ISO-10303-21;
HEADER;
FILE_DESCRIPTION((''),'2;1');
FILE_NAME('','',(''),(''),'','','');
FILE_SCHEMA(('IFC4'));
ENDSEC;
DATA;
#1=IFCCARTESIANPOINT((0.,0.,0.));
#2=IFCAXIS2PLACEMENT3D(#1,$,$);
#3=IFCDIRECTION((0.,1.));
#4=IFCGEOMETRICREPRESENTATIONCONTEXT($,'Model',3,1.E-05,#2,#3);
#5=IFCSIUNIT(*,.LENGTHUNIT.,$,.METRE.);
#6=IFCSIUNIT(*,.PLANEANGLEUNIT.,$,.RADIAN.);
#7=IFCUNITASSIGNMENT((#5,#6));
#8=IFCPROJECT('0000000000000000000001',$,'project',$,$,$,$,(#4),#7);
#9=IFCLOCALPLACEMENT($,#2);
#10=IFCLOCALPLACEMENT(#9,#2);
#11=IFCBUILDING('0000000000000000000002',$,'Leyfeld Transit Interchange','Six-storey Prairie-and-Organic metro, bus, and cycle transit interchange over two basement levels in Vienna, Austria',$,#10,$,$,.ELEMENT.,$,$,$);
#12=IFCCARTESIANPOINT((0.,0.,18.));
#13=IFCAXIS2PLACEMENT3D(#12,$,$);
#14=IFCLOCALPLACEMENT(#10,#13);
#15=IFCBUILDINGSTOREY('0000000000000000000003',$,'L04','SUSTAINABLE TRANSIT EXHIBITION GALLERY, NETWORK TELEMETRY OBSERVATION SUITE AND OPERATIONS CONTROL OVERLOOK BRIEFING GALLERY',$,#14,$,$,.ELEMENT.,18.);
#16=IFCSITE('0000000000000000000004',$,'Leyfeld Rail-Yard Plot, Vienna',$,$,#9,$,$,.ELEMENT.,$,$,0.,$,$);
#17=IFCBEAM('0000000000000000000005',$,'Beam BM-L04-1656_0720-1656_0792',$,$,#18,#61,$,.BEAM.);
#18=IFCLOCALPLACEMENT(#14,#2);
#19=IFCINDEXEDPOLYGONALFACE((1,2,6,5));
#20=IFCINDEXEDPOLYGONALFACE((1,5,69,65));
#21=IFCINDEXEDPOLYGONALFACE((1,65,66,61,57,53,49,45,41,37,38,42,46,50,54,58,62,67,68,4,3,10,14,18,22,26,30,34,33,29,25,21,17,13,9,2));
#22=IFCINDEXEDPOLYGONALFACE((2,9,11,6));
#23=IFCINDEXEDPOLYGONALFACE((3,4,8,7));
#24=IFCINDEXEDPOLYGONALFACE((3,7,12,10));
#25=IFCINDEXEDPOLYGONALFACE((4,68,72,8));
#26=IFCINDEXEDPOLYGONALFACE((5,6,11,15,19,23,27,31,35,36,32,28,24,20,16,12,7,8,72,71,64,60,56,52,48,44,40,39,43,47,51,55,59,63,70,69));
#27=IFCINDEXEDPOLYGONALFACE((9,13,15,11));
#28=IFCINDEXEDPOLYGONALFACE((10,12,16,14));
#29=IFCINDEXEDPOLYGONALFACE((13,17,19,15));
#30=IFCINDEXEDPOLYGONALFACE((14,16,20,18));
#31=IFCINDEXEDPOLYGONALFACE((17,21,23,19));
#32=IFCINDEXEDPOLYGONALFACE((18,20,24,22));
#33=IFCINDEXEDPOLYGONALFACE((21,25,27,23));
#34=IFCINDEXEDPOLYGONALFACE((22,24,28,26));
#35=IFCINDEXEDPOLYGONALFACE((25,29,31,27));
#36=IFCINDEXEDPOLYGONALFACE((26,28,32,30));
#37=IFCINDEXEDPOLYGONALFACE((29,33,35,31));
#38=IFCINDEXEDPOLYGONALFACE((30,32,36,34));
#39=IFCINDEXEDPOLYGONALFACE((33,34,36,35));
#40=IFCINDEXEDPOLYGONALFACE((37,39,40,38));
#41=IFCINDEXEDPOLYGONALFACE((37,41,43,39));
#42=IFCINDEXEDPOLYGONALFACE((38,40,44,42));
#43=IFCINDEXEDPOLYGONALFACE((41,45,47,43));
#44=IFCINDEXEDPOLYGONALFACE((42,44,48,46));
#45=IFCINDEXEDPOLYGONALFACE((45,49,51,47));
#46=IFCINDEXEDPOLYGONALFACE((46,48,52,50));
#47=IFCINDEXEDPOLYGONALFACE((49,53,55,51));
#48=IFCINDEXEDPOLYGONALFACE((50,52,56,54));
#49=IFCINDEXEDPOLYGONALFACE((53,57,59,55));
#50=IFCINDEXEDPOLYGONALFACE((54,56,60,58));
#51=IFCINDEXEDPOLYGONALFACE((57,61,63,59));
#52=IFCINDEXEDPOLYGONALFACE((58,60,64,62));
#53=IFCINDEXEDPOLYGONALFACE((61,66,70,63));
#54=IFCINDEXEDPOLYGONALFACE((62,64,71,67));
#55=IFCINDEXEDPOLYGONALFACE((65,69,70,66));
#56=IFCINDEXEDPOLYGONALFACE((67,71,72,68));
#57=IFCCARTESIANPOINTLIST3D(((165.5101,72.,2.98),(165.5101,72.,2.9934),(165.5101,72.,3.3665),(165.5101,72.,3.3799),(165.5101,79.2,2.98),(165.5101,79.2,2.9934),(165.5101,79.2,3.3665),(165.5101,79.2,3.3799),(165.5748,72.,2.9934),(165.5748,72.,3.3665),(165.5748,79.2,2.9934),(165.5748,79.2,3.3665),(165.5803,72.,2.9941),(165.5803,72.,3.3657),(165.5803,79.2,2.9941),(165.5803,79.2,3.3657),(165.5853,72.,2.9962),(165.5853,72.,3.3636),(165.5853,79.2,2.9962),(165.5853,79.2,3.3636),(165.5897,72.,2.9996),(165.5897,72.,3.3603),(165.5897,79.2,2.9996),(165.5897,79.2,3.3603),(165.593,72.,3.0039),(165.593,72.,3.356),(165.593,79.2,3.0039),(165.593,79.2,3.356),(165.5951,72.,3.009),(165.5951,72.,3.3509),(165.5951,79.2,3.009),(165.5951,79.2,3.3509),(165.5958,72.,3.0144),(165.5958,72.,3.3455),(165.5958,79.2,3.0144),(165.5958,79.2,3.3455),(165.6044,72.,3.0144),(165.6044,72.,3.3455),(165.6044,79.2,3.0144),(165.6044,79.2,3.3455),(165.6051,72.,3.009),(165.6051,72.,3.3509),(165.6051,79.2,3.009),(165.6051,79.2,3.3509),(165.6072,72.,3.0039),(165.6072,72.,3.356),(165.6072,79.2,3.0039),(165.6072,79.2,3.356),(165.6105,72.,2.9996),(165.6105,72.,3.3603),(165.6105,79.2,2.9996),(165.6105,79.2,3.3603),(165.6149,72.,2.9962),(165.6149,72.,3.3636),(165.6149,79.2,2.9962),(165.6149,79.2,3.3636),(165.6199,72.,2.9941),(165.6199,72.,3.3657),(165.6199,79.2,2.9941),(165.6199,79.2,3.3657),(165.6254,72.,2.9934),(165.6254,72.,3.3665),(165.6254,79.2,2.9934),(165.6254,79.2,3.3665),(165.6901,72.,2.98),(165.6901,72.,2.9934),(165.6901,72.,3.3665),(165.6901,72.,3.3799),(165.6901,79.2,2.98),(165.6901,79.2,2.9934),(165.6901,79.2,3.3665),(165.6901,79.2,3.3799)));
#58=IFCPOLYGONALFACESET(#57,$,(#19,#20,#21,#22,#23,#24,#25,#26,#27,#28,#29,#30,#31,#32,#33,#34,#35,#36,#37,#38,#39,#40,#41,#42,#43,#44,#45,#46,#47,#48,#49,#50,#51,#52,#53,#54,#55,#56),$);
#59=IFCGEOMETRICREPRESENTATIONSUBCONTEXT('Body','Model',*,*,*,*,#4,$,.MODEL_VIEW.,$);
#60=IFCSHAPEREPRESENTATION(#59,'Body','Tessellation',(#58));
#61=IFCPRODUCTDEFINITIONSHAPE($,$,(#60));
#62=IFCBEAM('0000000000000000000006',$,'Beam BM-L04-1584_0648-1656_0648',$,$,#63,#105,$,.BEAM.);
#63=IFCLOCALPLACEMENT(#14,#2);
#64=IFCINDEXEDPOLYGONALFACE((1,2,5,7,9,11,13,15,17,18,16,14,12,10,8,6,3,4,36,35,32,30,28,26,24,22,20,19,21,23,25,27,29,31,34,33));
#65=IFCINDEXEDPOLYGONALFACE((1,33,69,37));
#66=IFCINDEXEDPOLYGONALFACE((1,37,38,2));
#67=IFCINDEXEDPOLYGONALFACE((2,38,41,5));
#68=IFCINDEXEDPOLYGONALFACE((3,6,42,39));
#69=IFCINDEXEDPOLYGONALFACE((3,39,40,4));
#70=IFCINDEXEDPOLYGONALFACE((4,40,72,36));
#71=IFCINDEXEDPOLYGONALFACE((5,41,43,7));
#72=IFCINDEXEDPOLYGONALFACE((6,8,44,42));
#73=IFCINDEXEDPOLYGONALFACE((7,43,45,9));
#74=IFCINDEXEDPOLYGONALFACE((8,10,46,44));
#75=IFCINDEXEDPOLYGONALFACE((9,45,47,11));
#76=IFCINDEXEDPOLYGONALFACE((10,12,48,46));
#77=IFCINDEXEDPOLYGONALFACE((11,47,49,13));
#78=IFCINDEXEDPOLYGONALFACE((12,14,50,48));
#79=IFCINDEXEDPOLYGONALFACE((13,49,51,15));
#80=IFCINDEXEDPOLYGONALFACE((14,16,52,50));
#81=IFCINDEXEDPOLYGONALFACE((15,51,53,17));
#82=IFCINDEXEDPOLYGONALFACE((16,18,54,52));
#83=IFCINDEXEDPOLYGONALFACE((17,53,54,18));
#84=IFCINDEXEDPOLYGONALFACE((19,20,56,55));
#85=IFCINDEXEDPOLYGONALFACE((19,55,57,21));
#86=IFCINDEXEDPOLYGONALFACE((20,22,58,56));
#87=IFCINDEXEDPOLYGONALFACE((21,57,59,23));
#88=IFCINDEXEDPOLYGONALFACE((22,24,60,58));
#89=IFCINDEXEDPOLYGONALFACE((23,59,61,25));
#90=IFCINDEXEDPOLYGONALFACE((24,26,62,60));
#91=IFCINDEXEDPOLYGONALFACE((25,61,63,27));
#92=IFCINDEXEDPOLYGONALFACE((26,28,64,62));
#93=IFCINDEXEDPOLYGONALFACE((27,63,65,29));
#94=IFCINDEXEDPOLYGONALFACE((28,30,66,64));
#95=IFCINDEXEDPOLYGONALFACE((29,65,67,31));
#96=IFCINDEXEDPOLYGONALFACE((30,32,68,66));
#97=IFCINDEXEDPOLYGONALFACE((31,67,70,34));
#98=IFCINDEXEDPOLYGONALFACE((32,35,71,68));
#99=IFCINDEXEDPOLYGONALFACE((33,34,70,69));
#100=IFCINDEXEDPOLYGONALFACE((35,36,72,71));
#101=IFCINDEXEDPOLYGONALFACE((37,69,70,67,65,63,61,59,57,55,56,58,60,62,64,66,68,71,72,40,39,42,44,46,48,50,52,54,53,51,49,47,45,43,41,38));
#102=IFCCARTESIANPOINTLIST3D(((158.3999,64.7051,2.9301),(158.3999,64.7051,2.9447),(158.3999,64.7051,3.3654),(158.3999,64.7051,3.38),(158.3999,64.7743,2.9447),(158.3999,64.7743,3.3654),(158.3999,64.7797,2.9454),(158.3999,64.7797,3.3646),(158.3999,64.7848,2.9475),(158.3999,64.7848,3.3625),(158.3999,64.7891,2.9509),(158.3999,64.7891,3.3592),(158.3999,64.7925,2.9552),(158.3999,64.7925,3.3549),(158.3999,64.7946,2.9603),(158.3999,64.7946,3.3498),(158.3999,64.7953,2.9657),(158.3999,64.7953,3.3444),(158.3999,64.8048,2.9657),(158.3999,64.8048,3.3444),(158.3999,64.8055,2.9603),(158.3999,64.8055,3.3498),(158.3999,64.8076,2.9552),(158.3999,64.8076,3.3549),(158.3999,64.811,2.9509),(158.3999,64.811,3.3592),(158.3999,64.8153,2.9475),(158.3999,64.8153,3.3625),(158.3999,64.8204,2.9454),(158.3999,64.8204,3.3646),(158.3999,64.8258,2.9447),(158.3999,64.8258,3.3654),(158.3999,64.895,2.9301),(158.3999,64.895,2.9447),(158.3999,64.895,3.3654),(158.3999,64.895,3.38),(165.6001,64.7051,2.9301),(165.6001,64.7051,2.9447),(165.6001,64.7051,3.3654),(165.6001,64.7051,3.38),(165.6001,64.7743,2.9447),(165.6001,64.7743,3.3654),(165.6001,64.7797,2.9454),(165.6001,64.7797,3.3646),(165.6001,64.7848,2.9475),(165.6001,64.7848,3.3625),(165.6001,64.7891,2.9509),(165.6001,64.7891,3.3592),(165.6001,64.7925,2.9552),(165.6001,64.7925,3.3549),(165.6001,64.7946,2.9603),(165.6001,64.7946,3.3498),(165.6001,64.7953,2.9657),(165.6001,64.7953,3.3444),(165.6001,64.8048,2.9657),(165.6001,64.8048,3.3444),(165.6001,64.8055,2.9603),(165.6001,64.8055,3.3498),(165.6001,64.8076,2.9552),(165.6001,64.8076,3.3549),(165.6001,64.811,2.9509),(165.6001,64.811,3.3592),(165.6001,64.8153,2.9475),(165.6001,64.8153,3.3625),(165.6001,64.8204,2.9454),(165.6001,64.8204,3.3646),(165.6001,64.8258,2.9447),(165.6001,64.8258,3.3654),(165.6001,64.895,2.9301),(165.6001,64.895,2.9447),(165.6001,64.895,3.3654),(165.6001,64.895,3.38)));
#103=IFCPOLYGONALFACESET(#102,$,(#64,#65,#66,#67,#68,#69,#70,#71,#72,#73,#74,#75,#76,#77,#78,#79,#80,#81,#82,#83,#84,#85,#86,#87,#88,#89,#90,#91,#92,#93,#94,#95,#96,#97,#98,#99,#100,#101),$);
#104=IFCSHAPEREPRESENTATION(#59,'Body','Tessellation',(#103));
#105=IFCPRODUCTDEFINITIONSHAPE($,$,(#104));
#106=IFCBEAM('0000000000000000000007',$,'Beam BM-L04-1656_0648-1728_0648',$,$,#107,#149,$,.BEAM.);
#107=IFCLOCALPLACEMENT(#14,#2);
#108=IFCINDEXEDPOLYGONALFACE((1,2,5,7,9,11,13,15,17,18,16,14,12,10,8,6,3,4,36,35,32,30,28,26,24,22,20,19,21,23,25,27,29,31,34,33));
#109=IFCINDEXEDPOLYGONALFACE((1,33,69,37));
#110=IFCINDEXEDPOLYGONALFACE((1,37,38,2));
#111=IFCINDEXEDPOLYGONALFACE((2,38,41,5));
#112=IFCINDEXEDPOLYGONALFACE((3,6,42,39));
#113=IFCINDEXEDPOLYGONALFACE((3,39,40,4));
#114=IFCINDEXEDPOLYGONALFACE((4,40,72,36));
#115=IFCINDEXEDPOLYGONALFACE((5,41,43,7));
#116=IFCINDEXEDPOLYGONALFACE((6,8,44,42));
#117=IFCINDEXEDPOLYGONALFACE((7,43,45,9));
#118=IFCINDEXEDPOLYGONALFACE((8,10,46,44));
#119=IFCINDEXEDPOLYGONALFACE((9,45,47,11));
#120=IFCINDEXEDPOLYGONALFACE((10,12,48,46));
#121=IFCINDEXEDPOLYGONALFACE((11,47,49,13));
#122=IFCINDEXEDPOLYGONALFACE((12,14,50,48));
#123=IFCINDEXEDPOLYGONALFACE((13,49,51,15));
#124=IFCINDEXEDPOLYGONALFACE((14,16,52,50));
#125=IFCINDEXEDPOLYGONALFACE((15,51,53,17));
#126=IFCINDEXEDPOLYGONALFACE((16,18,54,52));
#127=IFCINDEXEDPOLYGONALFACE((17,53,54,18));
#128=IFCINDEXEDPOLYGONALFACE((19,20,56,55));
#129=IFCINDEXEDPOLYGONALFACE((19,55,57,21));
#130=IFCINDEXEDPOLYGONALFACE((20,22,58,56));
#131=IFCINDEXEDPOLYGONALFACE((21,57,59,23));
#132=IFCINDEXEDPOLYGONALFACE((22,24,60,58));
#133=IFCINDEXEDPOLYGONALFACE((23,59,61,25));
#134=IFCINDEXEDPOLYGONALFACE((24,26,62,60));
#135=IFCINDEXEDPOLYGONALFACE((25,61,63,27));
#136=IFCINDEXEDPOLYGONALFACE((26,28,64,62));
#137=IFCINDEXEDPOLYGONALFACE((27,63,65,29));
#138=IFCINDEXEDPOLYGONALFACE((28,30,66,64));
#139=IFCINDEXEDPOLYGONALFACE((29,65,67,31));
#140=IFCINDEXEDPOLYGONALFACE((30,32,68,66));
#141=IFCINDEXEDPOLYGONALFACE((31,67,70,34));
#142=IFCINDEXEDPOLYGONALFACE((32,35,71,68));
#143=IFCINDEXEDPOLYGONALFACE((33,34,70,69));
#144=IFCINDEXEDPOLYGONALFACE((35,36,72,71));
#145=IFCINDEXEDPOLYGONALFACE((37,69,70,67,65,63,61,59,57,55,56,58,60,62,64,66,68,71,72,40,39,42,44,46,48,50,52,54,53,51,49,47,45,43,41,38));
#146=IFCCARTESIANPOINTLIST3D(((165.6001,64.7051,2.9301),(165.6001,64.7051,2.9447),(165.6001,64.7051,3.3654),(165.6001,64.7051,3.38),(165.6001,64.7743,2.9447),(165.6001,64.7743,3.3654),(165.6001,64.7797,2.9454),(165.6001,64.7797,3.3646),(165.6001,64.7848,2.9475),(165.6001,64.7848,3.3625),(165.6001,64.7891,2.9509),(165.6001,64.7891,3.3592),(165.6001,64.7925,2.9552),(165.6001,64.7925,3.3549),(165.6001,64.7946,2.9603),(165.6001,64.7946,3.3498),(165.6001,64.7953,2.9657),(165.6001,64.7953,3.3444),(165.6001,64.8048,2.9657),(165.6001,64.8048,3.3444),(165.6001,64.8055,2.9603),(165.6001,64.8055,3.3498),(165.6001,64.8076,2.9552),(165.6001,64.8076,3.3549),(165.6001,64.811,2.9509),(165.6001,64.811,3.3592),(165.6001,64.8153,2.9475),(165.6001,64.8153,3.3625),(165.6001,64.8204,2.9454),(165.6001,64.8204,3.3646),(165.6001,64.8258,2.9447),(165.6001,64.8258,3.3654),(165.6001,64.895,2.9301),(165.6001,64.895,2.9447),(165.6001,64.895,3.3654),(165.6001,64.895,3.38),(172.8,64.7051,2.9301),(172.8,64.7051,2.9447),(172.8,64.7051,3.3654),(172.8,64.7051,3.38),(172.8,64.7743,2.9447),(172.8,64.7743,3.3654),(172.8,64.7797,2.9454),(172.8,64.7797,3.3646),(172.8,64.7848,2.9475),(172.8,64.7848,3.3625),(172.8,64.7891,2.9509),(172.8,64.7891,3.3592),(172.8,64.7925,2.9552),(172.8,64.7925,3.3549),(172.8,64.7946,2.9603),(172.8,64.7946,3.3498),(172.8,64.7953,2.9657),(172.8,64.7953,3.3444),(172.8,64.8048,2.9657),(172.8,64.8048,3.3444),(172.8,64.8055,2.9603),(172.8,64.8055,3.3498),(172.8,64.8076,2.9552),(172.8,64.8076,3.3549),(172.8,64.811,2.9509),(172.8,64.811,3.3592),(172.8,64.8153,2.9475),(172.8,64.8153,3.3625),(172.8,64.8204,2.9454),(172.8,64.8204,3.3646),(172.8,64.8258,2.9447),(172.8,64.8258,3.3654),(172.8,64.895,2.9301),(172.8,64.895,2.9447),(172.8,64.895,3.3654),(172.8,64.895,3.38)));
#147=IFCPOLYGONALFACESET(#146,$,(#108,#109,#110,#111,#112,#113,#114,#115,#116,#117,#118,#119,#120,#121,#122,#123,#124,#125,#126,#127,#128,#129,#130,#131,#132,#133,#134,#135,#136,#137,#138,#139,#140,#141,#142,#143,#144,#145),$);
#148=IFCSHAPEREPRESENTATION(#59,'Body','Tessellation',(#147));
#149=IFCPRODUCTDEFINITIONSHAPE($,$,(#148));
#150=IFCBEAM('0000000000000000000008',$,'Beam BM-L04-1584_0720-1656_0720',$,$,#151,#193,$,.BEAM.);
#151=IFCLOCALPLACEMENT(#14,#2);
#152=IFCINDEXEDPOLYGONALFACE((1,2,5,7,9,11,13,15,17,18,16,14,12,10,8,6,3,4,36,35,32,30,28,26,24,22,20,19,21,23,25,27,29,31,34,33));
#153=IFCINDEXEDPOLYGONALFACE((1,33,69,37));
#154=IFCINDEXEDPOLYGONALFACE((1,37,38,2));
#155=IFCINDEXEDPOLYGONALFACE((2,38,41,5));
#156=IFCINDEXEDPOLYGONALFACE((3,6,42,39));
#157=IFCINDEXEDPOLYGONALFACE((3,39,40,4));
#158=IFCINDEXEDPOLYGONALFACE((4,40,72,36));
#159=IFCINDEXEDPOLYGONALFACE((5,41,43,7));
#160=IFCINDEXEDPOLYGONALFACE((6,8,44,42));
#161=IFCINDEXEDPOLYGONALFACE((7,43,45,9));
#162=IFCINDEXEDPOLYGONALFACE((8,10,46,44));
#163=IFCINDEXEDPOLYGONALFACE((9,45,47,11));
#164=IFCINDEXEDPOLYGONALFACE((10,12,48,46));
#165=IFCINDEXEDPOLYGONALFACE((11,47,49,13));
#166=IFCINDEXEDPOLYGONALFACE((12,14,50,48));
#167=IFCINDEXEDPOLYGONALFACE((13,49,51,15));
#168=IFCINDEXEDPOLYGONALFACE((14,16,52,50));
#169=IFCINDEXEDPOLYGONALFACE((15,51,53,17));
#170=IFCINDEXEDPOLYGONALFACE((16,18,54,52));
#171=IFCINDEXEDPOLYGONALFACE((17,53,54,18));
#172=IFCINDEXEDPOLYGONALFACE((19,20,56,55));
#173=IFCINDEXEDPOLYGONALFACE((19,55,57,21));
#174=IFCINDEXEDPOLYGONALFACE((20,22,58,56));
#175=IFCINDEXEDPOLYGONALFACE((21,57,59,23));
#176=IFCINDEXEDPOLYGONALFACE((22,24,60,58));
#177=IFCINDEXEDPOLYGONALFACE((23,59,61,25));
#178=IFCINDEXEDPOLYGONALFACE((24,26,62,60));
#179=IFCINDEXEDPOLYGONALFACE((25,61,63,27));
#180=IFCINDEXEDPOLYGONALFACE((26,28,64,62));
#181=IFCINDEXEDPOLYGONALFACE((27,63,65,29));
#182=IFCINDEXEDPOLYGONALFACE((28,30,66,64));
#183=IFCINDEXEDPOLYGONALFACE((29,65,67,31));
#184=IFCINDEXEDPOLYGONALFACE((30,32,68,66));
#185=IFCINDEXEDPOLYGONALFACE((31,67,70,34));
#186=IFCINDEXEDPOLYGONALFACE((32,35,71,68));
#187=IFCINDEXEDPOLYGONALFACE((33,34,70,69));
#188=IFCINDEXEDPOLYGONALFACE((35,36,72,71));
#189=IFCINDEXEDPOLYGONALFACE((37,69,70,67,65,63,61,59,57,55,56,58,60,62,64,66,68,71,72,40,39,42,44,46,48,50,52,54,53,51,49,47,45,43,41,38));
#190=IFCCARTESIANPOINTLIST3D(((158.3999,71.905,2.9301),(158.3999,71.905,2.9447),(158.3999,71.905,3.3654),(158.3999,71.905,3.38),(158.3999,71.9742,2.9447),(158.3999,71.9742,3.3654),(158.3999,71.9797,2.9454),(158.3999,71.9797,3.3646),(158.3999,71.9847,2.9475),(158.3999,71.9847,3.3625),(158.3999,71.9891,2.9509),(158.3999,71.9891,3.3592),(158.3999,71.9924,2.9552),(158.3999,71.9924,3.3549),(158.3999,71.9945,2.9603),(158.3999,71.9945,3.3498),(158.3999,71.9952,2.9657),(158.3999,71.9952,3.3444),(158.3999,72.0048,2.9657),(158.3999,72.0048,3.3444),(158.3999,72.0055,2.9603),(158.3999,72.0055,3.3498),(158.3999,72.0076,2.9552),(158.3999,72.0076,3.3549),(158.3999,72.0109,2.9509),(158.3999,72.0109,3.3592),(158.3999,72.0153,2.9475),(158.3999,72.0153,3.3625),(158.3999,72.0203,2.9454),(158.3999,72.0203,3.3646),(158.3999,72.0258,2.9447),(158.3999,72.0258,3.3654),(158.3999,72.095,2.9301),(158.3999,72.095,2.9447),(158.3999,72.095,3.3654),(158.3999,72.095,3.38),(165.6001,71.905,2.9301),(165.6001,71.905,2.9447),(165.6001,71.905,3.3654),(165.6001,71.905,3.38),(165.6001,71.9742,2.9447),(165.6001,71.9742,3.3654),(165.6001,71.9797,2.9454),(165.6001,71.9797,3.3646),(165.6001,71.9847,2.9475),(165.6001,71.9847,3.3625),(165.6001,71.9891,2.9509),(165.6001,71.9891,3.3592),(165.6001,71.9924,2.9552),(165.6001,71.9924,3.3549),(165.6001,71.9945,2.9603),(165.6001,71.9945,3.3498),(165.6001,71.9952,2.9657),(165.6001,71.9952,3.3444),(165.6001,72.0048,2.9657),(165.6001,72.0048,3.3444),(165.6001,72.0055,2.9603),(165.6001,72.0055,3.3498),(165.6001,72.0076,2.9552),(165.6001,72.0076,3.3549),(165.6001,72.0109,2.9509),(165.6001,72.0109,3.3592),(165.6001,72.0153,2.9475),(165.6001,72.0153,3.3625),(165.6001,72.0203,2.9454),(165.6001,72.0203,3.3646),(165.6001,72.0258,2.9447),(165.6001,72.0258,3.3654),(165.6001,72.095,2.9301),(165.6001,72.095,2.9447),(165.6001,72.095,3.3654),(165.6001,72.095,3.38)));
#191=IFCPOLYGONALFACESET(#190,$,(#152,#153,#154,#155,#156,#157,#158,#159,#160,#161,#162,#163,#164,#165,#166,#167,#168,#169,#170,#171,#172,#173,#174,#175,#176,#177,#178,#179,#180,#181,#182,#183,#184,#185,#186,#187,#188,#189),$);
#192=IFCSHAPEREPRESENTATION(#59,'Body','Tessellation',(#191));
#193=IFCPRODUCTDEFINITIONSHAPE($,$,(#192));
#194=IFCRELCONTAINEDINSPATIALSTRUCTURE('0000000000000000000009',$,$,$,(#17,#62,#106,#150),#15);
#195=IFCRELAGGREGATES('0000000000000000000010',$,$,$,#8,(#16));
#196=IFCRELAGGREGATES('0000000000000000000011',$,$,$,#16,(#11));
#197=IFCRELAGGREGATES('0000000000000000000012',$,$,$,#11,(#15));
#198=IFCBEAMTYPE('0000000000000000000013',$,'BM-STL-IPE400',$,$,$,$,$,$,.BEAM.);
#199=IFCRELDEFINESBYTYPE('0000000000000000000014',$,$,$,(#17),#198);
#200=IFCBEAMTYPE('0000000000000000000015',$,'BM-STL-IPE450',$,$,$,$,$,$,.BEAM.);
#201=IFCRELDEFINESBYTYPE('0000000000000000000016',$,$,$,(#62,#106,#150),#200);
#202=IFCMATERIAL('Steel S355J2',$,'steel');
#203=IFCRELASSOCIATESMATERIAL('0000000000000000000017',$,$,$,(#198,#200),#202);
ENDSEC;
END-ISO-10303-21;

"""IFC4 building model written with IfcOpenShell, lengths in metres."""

from ifc_helpers import new_model, si_unit, direction, frame, origin, origin_2d, place, context, subcontext, project, spatial, i_section, extrude, material, material_profile, profile_set, type_object, element, save


model = new_model("IFC4")

# Units and contexts
model_context = context("Model", 3, precision=1e-05, world=origin(), true_north=direction((0.0, 1.0)))
body_context = subcontext(model_context, "Body", "Model", "MODEL_VIEW")
ifc_project = project(units=[si_unit("LENGTHUNIT", "METRE"), si_unit("PLANEANGLEUNIT", "RADIAN")], contexts=[model_context])

# Site, building, storey
site_placement = place(None, origin())
site = spatial("IfcSite", under=ifc_project, at=site_placement, Name="Leyfeld Rail-Yard Plot, Vienna", CompositionType="ELEMENT", RefElevation=0.0)
building_placement = place(site_placement, origin())
building = spatial("IfcBuilding", under=site, at=building_placement, Name="Leyfeld Transit Interchange", Description="Six-storey Prairie-and-Organic metro, bus, and cycle transit interchange over two basement levels in Vienna, Austria", CompositionType="ELEMENT")
storey_placement = place(building_placement, frame((0.0, 0.0, 18.0)))
storey = spatial("IfcBuildingStorey", under=building, at=storey_placement, Name="L04", Description="SUSTAINABLE TRANSIT EXHIBITION GALLERY, NETWORK TELEMETRY OBSERVATION SUITE AND OPERATIONS CONTROL OVERLOOK BRIEFING GALLERY", CompositionType="ELEMENT", Elevation=18.0)

# Shared definitions
ifc_material_1 = material(Name="Steel S355J2", Category="steel")

# Beams
ifc_material_profile_1 = material_profile(ifc_material_1, i_section(OverallWidth=0.1799, OverallDepth=0.3999, WebThickness=0.0085, FlangeThickness=0.0134, FilletRadius=0.021, at=origin_2d()), Name="IPE 400")
ifc_profile_set_1 = profile_set([ifc_material_profile_1], Name="Steel S355J2")
beam_type_1 = type_object("IfcBeamType", Name="BM-STL-IPE400", PredefinedType="BEAM", material=ifc_profile_set_1)
for number, where, z_axis, x_axis, name in (
    (1, (165.6001, 72.0, 3.1799), (0.0, 1.0, 0.0), (-1.0, 0.0, 0.0), "Beam BM-L04-1656_0720-1656_0792"),
):
    element("IfcBeam", number, at=place(storey_placement, frame(where, z_axis=z_axis, x_axis=x_axis)), inside=storey, type_object=beam_type_1, Name=name, PredefinedType="BEAM", context=body_context, shape_type="SweptSolid", body=[
        extrude(i_section(OverallWidth=0.1799, OverallDepth=0.3999, WebThickness=0.0085, FlangeThickness=0.0134, FilletRadius=0.021, at=origin_2d()), origin(), (0.0, 0.0, 1.0), 7.2),
    ])
ifc_material_profile_2 = material_profile(ifc_material_1, i_section(OverallWidth=0.1899, OverallDepth=0.45, WebThickness=0.0095, FlangeThickness=0.0146, FilletRadius=0.021, at=origin_2d()), Name="IPE 450")
ifc_profile_set_2 = profile_set([ifc_material_profile_2], Name="Steel S355J2")
beam_type_2 = type_object("IfcBeamType", Name="BM-STL-IPE450", PredefinedType="BEAM", material=ifc_profile_set_2)
beam_1_placement = place(storey_placement, frame((158.3999, 64.8, 3.155), z_axis=(1.0, 0.0, 0.0), x_axis=(0.0, 1.0, 0.0)))
element("IfcBeam", 2, at=beam_1_placement, inside=storey, type_object=beam_type_2, Name="Beam BM-L04-1584_0648-1656_0648", PredefinedType="BEAM", context=body_context, shape_type="SweptSolid", body=[
    extrude(i_section(OverallWidth=0.1899, OverallDepth=0.45, WebThickness=0.0095, FlangeThickness=0.0146, FilletRadius=0.021, at=origin_2d()), origin(), (0.0, 0.0, 1.0), 7.2002),
])
beam_2_placement = place(storey_placement, frame((165.6001, 64.8, 3.155), z_axis=(1.0, 0.0, 0.0), x_axis=(0.0, 1.0, 0.0)))
element("IfcBeam", 3, at=beam_2_placement, inside=storey, type_object=beam_type_2, Name="Beam BM-L04-1656_0648-1728_0648", PredefinedType="BEAM", context=body_context, shape_type="SweptSolid", body=[
    extrude(i_section(OverallWidth=0.1899, OverallDepth=0.45, WebThickness=0.0095, FlangeThickness=0.0146, FilletRadius=0.021, at=origin_2d()), origin(), (0.0, 0.0, 1.0), 7.2),
])
beam_3_placement = place(storey_placement, frame((158.3999, 72.0, 3.155), z_axis=(1.0, 0.0, 0.0), x_axis=(0.0, 1.0, 0.0)))
element("IfcBeam", 4, at=beam_3_placement, inside=storey, type_object=beam_type_2, Name="Beam BM-L04-1584_0720-1656_0720", PredefinedType="BEAM", context=body_context, shape_type="SweptSolid", body=[
    extrude(i_section(OverallWidth=0.1899, OverallDepth=0.45, WebThickness=0.0095, FlangeThickness=0.0146, FilletRadius=0.021, at=origin_2d()), origin(), (0.0, 0.0, 1.0), 7.2002),
])

save(model, "model.ifc")
